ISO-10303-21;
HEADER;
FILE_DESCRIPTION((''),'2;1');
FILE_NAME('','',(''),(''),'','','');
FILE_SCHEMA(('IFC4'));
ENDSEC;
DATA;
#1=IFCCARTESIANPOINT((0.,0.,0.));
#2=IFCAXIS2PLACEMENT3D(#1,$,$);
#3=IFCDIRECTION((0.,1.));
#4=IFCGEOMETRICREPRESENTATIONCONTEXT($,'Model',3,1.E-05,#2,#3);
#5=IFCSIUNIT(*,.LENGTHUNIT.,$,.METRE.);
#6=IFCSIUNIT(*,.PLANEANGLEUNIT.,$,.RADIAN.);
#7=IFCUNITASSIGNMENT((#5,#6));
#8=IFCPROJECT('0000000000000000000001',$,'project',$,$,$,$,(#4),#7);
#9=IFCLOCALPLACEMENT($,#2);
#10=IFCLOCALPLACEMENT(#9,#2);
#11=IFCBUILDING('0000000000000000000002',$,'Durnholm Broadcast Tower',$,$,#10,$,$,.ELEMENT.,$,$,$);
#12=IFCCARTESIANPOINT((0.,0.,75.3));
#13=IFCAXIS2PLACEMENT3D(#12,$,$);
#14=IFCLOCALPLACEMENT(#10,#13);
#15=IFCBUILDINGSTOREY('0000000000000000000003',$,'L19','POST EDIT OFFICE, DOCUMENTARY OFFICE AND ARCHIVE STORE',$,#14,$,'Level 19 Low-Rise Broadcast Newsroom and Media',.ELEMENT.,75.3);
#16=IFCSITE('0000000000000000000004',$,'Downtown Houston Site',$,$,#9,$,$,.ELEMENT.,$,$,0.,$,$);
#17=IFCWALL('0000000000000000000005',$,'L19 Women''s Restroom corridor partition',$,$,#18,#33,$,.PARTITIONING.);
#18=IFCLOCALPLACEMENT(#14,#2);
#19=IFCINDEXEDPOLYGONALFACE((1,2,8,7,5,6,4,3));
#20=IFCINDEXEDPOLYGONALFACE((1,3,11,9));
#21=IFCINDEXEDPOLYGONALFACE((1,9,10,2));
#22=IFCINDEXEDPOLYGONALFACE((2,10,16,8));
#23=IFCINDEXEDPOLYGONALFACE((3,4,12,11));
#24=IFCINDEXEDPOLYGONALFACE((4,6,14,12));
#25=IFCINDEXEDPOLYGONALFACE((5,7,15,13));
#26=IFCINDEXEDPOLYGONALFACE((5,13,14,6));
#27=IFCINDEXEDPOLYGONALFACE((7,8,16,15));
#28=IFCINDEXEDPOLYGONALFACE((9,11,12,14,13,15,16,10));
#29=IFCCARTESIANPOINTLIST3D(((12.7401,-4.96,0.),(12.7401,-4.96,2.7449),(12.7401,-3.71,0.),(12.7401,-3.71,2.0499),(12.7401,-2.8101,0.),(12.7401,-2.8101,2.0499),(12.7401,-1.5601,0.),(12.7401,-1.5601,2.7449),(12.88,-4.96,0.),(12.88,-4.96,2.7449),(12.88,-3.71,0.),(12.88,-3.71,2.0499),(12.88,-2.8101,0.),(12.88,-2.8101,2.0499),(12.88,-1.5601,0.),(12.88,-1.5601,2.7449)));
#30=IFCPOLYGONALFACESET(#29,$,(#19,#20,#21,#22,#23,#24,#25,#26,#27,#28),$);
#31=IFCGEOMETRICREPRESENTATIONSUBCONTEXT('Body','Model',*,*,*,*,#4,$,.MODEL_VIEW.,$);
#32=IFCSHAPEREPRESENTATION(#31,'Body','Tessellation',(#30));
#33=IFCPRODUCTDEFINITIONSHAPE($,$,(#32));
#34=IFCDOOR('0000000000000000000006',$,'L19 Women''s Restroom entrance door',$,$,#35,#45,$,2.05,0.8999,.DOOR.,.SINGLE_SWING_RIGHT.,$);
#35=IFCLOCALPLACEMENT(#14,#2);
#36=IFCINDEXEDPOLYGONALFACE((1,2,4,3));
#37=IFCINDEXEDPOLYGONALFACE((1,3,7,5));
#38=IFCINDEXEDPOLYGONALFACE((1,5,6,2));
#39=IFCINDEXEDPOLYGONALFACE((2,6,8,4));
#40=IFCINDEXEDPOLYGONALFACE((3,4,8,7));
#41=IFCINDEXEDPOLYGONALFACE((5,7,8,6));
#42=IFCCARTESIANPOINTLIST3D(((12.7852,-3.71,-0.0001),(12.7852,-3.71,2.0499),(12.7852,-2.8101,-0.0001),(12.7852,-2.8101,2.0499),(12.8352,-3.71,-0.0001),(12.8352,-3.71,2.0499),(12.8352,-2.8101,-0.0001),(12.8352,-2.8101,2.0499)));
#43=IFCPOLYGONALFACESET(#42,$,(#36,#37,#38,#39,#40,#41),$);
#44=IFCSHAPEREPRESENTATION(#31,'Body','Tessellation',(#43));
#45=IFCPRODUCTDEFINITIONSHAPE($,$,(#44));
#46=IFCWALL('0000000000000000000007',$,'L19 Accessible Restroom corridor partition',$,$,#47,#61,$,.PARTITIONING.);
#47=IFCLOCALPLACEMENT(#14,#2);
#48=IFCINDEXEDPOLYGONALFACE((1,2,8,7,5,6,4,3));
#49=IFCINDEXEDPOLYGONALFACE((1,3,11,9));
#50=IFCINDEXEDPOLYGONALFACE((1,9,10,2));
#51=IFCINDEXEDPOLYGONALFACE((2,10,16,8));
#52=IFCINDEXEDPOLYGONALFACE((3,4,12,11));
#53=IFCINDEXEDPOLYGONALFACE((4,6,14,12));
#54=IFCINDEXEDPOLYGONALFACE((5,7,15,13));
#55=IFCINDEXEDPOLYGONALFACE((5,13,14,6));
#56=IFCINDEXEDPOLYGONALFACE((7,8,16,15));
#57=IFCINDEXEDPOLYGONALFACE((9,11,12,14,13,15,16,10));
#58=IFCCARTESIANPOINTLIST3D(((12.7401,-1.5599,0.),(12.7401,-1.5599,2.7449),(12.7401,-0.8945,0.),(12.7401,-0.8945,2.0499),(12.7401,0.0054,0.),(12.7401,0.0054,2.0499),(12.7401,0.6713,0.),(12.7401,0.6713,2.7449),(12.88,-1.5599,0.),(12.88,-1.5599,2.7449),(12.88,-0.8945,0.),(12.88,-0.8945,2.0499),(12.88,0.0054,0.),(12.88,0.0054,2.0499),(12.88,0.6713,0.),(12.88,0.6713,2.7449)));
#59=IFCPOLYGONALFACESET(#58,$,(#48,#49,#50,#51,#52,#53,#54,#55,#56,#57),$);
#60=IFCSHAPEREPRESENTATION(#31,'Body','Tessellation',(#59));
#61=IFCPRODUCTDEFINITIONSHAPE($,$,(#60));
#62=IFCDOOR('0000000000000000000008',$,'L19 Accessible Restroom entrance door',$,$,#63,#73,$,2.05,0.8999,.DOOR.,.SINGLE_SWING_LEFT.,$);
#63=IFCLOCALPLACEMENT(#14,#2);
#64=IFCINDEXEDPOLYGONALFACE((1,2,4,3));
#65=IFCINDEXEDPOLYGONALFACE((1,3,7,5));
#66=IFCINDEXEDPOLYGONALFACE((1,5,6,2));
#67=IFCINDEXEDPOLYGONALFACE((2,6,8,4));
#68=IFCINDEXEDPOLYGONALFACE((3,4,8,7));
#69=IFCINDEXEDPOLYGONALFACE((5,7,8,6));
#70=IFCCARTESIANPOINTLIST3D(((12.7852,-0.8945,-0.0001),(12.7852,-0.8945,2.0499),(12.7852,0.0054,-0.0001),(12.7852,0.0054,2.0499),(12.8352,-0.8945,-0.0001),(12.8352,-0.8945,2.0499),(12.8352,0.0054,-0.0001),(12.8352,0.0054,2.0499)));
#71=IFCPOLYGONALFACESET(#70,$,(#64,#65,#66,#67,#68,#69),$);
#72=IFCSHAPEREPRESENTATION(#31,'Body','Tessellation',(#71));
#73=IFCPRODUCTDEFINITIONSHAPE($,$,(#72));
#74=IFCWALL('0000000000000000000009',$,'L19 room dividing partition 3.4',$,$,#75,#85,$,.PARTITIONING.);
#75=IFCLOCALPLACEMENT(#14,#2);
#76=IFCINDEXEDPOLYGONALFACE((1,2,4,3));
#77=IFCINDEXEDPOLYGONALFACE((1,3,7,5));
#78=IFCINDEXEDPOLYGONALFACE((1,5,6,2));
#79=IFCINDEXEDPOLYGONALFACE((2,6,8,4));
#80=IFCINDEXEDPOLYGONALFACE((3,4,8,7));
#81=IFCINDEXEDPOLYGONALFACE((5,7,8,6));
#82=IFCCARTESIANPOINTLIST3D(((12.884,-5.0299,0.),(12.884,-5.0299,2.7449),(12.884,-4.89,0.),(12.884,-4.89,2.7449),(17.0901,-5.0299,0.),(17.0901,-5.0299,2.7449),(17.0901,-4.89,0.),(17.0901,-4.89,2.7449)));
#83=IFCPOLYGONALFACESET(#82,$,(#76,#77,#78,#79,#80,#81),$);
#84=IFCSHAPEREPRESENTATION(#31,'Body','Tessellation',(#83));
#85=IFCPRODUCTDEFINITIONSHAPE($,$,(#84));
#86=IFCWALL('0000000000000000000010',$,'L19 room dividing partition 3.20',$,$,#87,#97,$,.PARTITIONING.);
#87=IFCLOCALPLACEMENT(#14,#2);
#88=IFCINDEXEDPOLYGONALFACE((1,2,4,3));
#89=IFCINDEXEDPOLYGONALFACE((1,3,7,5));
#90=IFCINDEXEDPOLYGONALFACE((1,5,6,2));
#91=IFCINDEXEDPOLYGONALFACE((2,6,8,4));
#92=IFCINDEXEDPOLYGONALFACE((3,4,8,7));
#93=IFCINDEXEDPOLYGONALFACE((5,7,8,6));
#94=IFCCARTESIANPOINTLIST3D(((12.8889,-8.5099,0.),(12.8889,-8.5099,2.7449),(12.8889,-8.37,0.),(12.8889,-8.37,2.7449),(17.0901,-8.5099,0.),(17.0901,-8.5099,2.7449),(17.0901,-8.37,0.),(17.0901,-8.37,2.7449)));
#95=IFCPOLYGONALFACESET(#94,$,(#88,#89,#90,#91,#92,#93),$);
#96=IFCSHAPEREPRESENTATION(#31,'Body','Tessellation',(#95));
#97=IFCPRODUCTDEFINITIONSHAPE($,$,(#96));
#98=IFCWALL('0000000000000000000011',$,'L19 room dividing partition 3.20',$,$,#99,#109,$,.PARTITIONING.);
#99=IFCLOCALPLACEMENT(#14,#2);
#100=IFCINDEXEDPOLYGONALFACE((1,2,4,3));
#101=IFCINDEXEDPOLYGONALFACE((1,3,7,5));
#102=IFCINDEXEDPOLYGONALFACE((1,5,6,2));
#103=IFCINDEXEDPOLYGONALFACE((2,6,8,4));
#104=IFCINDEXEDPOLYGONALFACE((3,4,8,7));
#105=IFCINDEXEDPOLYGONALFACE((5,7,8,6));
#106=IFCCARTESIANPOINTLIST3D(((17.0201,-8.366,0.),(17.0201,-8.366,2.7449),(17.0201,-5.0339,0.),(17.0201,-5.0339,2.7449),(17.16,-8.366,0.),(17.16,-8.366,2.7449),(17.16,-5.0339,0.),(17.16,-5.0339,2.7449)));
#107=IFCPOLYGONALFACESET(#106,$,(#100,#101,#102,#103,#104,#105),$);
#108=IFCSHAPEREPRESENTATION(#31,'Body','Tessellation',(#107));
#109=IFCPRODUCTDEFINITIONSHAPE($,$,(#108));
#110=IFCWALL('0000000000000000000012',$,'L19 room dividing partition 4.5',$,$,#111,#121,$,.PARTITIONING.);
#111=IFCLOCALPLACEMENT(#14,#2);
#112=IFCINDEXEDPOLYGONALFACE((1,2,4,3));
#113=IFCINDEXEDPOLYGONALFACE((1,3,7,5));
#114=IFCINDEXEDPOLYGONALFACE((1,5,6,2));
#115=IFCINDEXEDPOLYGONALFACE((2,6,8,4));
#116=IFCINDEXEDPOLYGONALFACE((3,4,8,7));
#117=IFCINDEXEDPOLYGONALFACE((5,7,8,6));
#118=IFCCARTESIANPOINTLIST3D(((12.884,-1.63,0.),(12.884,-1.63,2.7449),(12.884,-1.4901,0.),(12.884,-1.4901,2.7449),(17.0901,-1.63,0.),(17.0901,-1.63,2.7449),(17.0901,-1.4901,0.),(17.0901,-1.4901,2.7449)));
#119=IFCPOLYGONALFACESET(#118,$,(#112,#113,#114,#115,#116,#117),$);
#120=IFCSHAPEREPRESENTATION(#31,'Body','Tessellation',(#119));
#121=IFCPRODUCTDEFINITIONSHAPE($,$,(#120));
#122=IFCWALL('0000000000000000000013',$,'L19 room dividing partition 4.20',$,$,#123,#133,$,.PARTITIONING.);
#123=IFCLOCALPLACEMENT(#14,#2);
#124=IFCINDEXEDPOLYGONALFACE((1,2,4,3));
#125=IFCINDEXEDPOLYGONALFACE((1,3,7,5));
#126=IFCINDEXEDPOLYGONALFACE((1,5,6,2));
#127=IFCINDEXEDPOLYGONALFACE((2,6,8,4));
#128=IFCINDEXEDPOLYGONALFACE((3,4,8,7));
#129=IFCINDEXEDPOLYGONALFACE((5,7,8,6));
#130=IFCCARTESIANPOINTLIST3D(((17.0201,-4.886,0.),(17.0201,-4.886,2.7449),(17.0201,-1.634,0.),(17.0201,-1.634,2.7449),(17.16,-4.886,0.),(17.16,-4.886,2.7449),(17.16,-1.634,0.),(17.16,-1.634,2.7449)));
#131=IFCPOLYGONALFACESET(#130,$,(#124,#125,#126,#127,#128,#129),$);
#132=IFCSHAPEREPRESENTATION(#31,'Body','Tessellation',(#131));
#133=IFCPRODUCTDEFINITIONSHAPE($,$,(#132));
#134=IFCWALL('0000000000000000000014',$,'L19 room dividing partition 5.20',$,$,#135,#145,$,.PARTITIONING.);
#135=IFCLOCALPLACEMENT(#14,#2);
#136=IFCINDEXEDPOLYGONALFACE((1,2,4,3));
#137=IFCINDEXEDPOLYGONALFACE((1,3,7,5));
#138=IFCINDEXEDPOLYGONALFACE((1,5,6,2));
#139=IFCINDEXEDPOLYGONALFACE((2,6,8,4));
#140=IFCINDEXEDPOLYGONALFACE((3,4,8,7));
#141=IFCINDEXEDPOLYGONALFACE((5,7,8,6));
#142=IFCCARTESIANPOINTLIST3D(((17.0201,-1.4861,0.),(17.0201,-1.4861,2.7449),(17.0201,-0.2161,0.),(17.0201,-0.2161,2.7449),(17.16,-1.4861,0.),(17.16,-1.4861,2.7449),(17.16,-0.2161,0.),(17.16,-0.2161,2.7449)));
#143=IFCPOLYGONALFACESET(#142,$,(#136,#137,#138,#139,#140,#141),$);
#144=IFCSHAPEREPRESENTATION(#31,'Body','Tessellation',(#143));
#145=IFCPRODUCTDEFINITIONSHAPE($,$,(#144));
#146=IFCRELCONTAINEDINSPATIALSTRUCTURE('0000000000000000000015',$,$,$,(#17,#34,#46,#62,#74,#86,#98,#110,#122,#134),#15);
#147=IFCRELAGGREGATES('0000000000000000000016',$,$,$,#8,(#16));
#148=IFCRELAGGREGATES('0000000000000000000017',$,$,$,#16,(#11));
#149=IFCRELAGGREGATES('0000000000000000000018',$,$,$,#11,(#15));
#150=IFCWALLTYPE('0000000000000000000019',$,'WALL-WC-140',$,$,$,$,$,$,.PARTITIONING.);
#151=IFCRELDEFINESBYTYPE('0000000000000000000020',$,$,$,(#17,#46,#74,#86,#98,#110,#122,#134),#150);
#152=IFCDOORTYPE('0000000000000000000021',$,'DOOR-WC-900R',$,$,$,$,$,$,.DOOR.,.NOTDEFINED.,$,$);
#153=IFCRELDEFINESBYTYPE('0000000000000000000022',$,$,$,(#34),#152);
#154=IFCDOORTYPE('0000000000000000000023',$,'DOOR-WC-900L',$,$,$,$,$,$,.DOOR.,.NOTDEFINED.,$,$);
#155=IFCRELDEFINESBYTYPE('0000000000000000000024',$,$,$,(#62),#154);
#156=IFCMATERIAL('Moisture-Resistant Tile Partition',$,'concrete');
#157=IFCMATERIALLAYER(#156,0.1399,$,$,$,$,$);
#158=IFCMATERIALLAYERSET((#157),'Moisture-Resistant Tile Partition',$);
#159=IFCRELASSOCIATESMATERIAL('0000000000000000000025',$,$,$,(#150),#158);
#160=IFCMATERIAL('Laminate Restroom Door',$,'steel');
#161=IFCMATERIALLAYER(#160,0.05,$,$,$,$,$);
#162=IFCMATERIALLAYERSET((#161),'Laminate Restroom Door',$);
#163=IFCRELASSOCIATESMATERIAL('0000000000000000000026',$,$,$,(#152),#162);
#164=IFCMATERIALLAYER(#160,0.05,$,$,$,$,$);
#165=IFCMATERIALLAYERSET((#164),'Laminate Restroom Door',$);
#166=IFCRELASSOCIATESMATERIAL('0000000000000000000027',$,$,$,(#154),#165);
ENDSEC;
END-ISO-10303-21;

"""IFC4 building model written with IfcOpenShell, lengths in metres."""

from ifc_helpers import new_model, si_unit, direction, frame, frame_2d, origin, place, context, subcontext, project, spatial, rectangle, extrude, source, transform, mapped, material, layer, layer_set, type_object, type_shapes, element, fill, save


model = new_model("IFC4")

# Units and contexts
model_context = context("Model", 3, precision=1e-05, world=origin(), true_north=direction((0.0, 1.0)))
body_context = subcontext(model_context, "Body", "Model", "MODEL_VIEW")
ifc_project = project(units=[si_unit("LENGTHUNIT", "METRE"), si_unit("PLANEANGLEUNIT", "RADIAN")], contexts=[model_context])

# Site, building, storey
site_placement = place(None, origin())
site = spatial("IfcSite", under=ifc_project, at=site_placement, Name="Downtown Houston Site", CompositionType="ELEMENT", RefElevation=0.0)
building_placement = place(site_placement, origin())
building = spatial("IfcBuilding", under=site, at=building_placement, Name="Durnholm Broadcast Tower", CompositionType="ELEMENT")
storey_placement = place(building_placement, frame((0.0, 0.0, 75.3)))
storey = spatial("IfcBuildingStorey", under=building, at=storey_placement, Name="L19", Description="POST EDIT OFFICE, DOCUMENTARY OFFICE AND ARCHIVE STORE", LongName="Level 19 Low-Rise Broadcast Newsroom and Media", CompositionType="ELEMENT", Elevation=75.3)

# Walls, openings, doors
ifc_material_1 = material(Name="Moisture-Resistant Tile Partition", Category="concrete")
ifc_layer_1 = layer(ifc_material_1, 0.1399)
ifc_layer_set_1 = layer_set([ifc_layer_1], Name="Moisture-Resistant Tile Partition")
wall_type_1 = type_object("IfcWallType", Name="WALL-WC-140", PredefinedType="PARTITIONING", material=ifc_layer_set_1)
wall_1_placement = place(storey_placement, frame((12.8101, -4.96, 0.0), z_axis=(0.0, 0.0, 1.0), x_axis=(0.0, 1.0, 0.0)))
wall_1 = element("IfcWall", 1, at=wall_1_placement, inside=storey, type_object=wall_type_1, Name="L19 Women's Restroom corridor partition", PredefinedType="PARTITIONING", context=body_context, shape_type="SweptSolid", body=[
    extrude(rectangle(XDim=3.3999, YDim=0.1399, at=frame_2d((1.7, 0.0))), origin(), (0.0, 0.0, 1.0), 2.7449),
])
opening_1_placement = place(wall_1_placement, frame((1.25, 0.0, 0.0)))
opening_1 = element("IfcOpeningElement", 2, at=opening_1_placement, cuts=wall_1, PredefinedType="OPENING", context=body_context, shape_type="SweptSolid", body=[
    extrude(rectangle(XDim=0.8999, YDim=2.05, at=frame_2d((0.45, 1.0249))), frame((0.0, 0.0801, 0.0), z_axis=(0.0, -1.0, 0.0), x_axis=(1.0, 0.0, 0.0)), (0.0, 0.0, 1.0), 0.1599),
])
ifc_material_2 = material(Name="Laminate Restroom Door", Category="steel")
ifc_layer_2 = layer(ifc_material_2, 0.05)
ifc_layer_set_2 = layer_set([ifc_layer_2], Name="Laminate Restroom Door")
door_type_1 = type_object("IfcDoorType", Name="DOOR-WC-900R", OperationType="NOTDEFINED", PredefinedType="DOOR", material=ifc_layer_set_2)
shared_shape_1 = source(origin(), body_context, "Body", "SweptSolid", [
    extrude(rectangle(XDim=0.8999, YDim=2.05, at=frame_2d((0.45, 1.0249))), frame((0.0, 0.0249, 0.0), z_axis=(0.0, -1.0, 0.0), x_axis=(1.0, 0.0, 0.0)), (0.0, 0.0, 1.0), 0.05),
])
type_shapes(door_type_1, [shared_shape_1])
door_1_placement = place(opening_1_placement, origin())
door_1 = element("IfcDoor", 3, at=door_1_placement, inside=storey, type_object=door_type_1, Name="L19 Women's Restroom entrance door", OperationType="SINGLE_SWING_RIGHT", OverallHeight=2.05, OverallWidth=0.8999, PredefinedType="DOOR", context=body_context, shape_type="MappedRepresentation", body=[
    mapped(shared_shape_1, transform((0.0, 0.0, 0.0), x_axis=(1.0, 0.0, 0.0), y_axis=(0.0, 1.0, 0.0), z_axis=(0.0, 0.0, 1.0), scale=1.0)),
])
fill(opening_1, door_1)
wall_2_placement = place(storey_placement, frame((12.8101, -1.5601, 0.0), z_axis=(0.0, 0.0, 1.0), x_axis=(0.0, 1.0, 0.0)))
wall_2 = element("IfcWall", 4, at=wall_2_placement, inside=storey, type_object=wall_type_1, Name="L19 Accessible Restroom corridor partition", PredefinedType="PARTITIONING", context=body_context, shape_type="SweptSolid", body=[
    extrude(rectangle(XDim=2.2312, YDim=0.1399, at=frame_2d((1.1157, 0.0))), origin(), (0.0, 0.0, 1.0), 2.7449),
])
opening_2_placement = place(wall_2_placement, frame((0.6655, 0.0, 0.0)))
opening_2 = element("IfcOpeningElement", 5, at=opening_2_placement, cuts=wall_2, PredefinedType="OPENING", context=body_context, shape_type="SweptSolid", body=[
    extrude(rectangle(XDim=0.8999, YDim=2.05, at=frame_2d((0.45, 1.0249))), frame((0.0, 0.0801, 0.0), z_axis=(0.0, -1.0, 0.0), x_axis=(1.0, 0.0, 0.0)), (0.0, 0.0, 1.0), 0.1599),
])
ifc_layer_3 = layer(ifc_material_2, 0.05)
ifc_layer_set_3 = layer_set([ifc_layer_3], Name="Laminate Restroom Door")
door_type_2 = type_object("IfcDoorType", Name="DOOR-WC-900L", OperationType="NOTDEFINED", PredefinedType="DOOR", material=ifc_layer_set_3)
shared_shape_2 = source(origin(), body_context, "Body", "SweptSolid", [
    extrude(rectangle(XDim=0.8999, YDim=2.05, at=frame_2d((0.45, 1.0249))), frame((0.0, 0.0249, 0.0), z_axis=(0.0, -1.0, 0.0), x_axis=(1.0, 0.0, 0.0)), (0.0, 0.0, 1.0), 0.05),
])
type_shapes(door_type_2, [shared_shape_2])
door_2_placement = place(opening_2_placement, origin())
door_2 = element("IfcDoor", 6, at=door_2_placement, inside=storey, type_object=door_type_2, Name="L19 Accessible Restroom entrance door", OperationType="SINGLE_SWING_LEFT", OverallHeight=2.05, OverallWidth=0.8999, PredefinedType="DOOR", context=body_context, shape_type="MappedRepresentation", body=[
    mapped(shared_shape_2, transform((0.0, 0.0, 0.0), x_axis=(1.0, 0.0, 0.0), y_axis=(0.0, 1.0, 0.0), z_axis=(0.0, 0.0, 1.0), scale=1.0)),
])
fill(opening_2, door_2)

# Walls
wall_3_placement = place(storey_placement, frame((12.884, -4.96, 0.0), z_axis=(0.0, 0.0, 1.0), x_axis=(1.0, 0.0, 0.0)))
element("IfcWall", 7, at=wall_3_placement, inside=storey, type_object=wall_type_1, Name="L19 room dividing partition 3.4", PredefinedType="PARTITIONING", context=body_context, shape_type="SweptSolid", body=[
    extrude(rectangle(XDim=4.2061, YDim=0.1399, at=frame_2d((2.103, 0.0))), origin(), (0.0, 0.0, 1.0), 2.7449),
])
wall_4_placement = place(storey_placement, frame((17.0901, -8.4399, 0.0), z_axis=(0.0, 0.0, 1.0), x_axis=(-1.0, 0.0, 0.0)))
element("IfcWall", 8, at=wall_4_placement, inside=storey, type_object=wall_type_1, Name="L19 room dividing partition 3.20", PredefinedType="PARTITIONING", context=body_context, shape_type="SweptSolid", body=[
    extrude(rectangle(XDim=4.2012, YDim=0.1399, at=frame_2d((2.1006, 0.0))), origin(), (0.0, 0.0, 1.0), 2.7449),
])
wall_5_placement = place(storey_placement, frame((17.0901, -5.0339, 0.0), z_axis=(0.0, 0.0, 1.0), x_axis=(0.0, -1.0, 0.0)))
element("IfcWall", 9, at=wall_5_placement, inside=storey, type_object=wall_type_1, Name="L19 room dividing partition 3.20", PredefinedType="PARTITIONING", context=body_context, shape_type="SweptSolid", body=[
    extrude(rectangle(XDim=3.332, YDim=0.1399, at=frame_2d((1.666, 0.0))), origin(), (0.0, 0.0, 1.0), 2.7449),
])
wall_6_placement = place(storey_placement, frame((12.884, -1.5601, 0.0), z_axis=(0.0, 0.0, 1.0), x_axis=(1.0, 0.0, 0.0)))
element("IfcWall", 10, at=wall_6_placement, inside=storey, type_object=wall_type_1, Name="L19 room dividing partition 4.5", PredefinedType="PARTITIONING", context=body_context, shape_type="SweptSolid", body=[
    extrude(rectangle(XDim=4.2061, YDim=0.1399, at=frame_2d((2.103, 0.0))), origin(), (0.0, 0.0, 1.0), 2.7449),
])
wall_7_placement = place(storey_placement, frame((17.0901, -1.634, 0.0), z_axis=(0.0, 0.0, 1.0), x_axis=(0.0, -1.0, 0.0)))
element("IfcWall", 11, at=wall_7_placement, inside=storey, type_object=wall_type_1, Name="L19 room dividing partition 4.20", PredefinedType="PARTITIONING", context=body_context, shape_type="SweptSolid", body=[
    extrude(rectangle(XDim=3.252, YDim=0.1399, at=frame_2d((1.626, 0.0))), origin(), (0.0, 0.0, 1.0), 2.7449),
])
wall_8_placement = place(storey_placement, frame((17.0901, -0.2161, 0.0), z_axis=(0.0, 0.0, 1.0), x_axis=(0.0, -1.0, 0.0)))
element("IfcWall", 12, at=wall_8_placement, inside=storey, type_object=wall_type_1, Name="L19 room dividing partition 5.20", PredefinedType="PARTITIONING", context=body_context, shape_type="SweptSolid", body=[
    extrude(rectangle(XDim=1.27, YDim=0.1399, at=frame_2d((0.635, 0.0))), origin(), (0.0, 0.0, 1.0), 2.7449),
])

save(model, "model.ifc")
